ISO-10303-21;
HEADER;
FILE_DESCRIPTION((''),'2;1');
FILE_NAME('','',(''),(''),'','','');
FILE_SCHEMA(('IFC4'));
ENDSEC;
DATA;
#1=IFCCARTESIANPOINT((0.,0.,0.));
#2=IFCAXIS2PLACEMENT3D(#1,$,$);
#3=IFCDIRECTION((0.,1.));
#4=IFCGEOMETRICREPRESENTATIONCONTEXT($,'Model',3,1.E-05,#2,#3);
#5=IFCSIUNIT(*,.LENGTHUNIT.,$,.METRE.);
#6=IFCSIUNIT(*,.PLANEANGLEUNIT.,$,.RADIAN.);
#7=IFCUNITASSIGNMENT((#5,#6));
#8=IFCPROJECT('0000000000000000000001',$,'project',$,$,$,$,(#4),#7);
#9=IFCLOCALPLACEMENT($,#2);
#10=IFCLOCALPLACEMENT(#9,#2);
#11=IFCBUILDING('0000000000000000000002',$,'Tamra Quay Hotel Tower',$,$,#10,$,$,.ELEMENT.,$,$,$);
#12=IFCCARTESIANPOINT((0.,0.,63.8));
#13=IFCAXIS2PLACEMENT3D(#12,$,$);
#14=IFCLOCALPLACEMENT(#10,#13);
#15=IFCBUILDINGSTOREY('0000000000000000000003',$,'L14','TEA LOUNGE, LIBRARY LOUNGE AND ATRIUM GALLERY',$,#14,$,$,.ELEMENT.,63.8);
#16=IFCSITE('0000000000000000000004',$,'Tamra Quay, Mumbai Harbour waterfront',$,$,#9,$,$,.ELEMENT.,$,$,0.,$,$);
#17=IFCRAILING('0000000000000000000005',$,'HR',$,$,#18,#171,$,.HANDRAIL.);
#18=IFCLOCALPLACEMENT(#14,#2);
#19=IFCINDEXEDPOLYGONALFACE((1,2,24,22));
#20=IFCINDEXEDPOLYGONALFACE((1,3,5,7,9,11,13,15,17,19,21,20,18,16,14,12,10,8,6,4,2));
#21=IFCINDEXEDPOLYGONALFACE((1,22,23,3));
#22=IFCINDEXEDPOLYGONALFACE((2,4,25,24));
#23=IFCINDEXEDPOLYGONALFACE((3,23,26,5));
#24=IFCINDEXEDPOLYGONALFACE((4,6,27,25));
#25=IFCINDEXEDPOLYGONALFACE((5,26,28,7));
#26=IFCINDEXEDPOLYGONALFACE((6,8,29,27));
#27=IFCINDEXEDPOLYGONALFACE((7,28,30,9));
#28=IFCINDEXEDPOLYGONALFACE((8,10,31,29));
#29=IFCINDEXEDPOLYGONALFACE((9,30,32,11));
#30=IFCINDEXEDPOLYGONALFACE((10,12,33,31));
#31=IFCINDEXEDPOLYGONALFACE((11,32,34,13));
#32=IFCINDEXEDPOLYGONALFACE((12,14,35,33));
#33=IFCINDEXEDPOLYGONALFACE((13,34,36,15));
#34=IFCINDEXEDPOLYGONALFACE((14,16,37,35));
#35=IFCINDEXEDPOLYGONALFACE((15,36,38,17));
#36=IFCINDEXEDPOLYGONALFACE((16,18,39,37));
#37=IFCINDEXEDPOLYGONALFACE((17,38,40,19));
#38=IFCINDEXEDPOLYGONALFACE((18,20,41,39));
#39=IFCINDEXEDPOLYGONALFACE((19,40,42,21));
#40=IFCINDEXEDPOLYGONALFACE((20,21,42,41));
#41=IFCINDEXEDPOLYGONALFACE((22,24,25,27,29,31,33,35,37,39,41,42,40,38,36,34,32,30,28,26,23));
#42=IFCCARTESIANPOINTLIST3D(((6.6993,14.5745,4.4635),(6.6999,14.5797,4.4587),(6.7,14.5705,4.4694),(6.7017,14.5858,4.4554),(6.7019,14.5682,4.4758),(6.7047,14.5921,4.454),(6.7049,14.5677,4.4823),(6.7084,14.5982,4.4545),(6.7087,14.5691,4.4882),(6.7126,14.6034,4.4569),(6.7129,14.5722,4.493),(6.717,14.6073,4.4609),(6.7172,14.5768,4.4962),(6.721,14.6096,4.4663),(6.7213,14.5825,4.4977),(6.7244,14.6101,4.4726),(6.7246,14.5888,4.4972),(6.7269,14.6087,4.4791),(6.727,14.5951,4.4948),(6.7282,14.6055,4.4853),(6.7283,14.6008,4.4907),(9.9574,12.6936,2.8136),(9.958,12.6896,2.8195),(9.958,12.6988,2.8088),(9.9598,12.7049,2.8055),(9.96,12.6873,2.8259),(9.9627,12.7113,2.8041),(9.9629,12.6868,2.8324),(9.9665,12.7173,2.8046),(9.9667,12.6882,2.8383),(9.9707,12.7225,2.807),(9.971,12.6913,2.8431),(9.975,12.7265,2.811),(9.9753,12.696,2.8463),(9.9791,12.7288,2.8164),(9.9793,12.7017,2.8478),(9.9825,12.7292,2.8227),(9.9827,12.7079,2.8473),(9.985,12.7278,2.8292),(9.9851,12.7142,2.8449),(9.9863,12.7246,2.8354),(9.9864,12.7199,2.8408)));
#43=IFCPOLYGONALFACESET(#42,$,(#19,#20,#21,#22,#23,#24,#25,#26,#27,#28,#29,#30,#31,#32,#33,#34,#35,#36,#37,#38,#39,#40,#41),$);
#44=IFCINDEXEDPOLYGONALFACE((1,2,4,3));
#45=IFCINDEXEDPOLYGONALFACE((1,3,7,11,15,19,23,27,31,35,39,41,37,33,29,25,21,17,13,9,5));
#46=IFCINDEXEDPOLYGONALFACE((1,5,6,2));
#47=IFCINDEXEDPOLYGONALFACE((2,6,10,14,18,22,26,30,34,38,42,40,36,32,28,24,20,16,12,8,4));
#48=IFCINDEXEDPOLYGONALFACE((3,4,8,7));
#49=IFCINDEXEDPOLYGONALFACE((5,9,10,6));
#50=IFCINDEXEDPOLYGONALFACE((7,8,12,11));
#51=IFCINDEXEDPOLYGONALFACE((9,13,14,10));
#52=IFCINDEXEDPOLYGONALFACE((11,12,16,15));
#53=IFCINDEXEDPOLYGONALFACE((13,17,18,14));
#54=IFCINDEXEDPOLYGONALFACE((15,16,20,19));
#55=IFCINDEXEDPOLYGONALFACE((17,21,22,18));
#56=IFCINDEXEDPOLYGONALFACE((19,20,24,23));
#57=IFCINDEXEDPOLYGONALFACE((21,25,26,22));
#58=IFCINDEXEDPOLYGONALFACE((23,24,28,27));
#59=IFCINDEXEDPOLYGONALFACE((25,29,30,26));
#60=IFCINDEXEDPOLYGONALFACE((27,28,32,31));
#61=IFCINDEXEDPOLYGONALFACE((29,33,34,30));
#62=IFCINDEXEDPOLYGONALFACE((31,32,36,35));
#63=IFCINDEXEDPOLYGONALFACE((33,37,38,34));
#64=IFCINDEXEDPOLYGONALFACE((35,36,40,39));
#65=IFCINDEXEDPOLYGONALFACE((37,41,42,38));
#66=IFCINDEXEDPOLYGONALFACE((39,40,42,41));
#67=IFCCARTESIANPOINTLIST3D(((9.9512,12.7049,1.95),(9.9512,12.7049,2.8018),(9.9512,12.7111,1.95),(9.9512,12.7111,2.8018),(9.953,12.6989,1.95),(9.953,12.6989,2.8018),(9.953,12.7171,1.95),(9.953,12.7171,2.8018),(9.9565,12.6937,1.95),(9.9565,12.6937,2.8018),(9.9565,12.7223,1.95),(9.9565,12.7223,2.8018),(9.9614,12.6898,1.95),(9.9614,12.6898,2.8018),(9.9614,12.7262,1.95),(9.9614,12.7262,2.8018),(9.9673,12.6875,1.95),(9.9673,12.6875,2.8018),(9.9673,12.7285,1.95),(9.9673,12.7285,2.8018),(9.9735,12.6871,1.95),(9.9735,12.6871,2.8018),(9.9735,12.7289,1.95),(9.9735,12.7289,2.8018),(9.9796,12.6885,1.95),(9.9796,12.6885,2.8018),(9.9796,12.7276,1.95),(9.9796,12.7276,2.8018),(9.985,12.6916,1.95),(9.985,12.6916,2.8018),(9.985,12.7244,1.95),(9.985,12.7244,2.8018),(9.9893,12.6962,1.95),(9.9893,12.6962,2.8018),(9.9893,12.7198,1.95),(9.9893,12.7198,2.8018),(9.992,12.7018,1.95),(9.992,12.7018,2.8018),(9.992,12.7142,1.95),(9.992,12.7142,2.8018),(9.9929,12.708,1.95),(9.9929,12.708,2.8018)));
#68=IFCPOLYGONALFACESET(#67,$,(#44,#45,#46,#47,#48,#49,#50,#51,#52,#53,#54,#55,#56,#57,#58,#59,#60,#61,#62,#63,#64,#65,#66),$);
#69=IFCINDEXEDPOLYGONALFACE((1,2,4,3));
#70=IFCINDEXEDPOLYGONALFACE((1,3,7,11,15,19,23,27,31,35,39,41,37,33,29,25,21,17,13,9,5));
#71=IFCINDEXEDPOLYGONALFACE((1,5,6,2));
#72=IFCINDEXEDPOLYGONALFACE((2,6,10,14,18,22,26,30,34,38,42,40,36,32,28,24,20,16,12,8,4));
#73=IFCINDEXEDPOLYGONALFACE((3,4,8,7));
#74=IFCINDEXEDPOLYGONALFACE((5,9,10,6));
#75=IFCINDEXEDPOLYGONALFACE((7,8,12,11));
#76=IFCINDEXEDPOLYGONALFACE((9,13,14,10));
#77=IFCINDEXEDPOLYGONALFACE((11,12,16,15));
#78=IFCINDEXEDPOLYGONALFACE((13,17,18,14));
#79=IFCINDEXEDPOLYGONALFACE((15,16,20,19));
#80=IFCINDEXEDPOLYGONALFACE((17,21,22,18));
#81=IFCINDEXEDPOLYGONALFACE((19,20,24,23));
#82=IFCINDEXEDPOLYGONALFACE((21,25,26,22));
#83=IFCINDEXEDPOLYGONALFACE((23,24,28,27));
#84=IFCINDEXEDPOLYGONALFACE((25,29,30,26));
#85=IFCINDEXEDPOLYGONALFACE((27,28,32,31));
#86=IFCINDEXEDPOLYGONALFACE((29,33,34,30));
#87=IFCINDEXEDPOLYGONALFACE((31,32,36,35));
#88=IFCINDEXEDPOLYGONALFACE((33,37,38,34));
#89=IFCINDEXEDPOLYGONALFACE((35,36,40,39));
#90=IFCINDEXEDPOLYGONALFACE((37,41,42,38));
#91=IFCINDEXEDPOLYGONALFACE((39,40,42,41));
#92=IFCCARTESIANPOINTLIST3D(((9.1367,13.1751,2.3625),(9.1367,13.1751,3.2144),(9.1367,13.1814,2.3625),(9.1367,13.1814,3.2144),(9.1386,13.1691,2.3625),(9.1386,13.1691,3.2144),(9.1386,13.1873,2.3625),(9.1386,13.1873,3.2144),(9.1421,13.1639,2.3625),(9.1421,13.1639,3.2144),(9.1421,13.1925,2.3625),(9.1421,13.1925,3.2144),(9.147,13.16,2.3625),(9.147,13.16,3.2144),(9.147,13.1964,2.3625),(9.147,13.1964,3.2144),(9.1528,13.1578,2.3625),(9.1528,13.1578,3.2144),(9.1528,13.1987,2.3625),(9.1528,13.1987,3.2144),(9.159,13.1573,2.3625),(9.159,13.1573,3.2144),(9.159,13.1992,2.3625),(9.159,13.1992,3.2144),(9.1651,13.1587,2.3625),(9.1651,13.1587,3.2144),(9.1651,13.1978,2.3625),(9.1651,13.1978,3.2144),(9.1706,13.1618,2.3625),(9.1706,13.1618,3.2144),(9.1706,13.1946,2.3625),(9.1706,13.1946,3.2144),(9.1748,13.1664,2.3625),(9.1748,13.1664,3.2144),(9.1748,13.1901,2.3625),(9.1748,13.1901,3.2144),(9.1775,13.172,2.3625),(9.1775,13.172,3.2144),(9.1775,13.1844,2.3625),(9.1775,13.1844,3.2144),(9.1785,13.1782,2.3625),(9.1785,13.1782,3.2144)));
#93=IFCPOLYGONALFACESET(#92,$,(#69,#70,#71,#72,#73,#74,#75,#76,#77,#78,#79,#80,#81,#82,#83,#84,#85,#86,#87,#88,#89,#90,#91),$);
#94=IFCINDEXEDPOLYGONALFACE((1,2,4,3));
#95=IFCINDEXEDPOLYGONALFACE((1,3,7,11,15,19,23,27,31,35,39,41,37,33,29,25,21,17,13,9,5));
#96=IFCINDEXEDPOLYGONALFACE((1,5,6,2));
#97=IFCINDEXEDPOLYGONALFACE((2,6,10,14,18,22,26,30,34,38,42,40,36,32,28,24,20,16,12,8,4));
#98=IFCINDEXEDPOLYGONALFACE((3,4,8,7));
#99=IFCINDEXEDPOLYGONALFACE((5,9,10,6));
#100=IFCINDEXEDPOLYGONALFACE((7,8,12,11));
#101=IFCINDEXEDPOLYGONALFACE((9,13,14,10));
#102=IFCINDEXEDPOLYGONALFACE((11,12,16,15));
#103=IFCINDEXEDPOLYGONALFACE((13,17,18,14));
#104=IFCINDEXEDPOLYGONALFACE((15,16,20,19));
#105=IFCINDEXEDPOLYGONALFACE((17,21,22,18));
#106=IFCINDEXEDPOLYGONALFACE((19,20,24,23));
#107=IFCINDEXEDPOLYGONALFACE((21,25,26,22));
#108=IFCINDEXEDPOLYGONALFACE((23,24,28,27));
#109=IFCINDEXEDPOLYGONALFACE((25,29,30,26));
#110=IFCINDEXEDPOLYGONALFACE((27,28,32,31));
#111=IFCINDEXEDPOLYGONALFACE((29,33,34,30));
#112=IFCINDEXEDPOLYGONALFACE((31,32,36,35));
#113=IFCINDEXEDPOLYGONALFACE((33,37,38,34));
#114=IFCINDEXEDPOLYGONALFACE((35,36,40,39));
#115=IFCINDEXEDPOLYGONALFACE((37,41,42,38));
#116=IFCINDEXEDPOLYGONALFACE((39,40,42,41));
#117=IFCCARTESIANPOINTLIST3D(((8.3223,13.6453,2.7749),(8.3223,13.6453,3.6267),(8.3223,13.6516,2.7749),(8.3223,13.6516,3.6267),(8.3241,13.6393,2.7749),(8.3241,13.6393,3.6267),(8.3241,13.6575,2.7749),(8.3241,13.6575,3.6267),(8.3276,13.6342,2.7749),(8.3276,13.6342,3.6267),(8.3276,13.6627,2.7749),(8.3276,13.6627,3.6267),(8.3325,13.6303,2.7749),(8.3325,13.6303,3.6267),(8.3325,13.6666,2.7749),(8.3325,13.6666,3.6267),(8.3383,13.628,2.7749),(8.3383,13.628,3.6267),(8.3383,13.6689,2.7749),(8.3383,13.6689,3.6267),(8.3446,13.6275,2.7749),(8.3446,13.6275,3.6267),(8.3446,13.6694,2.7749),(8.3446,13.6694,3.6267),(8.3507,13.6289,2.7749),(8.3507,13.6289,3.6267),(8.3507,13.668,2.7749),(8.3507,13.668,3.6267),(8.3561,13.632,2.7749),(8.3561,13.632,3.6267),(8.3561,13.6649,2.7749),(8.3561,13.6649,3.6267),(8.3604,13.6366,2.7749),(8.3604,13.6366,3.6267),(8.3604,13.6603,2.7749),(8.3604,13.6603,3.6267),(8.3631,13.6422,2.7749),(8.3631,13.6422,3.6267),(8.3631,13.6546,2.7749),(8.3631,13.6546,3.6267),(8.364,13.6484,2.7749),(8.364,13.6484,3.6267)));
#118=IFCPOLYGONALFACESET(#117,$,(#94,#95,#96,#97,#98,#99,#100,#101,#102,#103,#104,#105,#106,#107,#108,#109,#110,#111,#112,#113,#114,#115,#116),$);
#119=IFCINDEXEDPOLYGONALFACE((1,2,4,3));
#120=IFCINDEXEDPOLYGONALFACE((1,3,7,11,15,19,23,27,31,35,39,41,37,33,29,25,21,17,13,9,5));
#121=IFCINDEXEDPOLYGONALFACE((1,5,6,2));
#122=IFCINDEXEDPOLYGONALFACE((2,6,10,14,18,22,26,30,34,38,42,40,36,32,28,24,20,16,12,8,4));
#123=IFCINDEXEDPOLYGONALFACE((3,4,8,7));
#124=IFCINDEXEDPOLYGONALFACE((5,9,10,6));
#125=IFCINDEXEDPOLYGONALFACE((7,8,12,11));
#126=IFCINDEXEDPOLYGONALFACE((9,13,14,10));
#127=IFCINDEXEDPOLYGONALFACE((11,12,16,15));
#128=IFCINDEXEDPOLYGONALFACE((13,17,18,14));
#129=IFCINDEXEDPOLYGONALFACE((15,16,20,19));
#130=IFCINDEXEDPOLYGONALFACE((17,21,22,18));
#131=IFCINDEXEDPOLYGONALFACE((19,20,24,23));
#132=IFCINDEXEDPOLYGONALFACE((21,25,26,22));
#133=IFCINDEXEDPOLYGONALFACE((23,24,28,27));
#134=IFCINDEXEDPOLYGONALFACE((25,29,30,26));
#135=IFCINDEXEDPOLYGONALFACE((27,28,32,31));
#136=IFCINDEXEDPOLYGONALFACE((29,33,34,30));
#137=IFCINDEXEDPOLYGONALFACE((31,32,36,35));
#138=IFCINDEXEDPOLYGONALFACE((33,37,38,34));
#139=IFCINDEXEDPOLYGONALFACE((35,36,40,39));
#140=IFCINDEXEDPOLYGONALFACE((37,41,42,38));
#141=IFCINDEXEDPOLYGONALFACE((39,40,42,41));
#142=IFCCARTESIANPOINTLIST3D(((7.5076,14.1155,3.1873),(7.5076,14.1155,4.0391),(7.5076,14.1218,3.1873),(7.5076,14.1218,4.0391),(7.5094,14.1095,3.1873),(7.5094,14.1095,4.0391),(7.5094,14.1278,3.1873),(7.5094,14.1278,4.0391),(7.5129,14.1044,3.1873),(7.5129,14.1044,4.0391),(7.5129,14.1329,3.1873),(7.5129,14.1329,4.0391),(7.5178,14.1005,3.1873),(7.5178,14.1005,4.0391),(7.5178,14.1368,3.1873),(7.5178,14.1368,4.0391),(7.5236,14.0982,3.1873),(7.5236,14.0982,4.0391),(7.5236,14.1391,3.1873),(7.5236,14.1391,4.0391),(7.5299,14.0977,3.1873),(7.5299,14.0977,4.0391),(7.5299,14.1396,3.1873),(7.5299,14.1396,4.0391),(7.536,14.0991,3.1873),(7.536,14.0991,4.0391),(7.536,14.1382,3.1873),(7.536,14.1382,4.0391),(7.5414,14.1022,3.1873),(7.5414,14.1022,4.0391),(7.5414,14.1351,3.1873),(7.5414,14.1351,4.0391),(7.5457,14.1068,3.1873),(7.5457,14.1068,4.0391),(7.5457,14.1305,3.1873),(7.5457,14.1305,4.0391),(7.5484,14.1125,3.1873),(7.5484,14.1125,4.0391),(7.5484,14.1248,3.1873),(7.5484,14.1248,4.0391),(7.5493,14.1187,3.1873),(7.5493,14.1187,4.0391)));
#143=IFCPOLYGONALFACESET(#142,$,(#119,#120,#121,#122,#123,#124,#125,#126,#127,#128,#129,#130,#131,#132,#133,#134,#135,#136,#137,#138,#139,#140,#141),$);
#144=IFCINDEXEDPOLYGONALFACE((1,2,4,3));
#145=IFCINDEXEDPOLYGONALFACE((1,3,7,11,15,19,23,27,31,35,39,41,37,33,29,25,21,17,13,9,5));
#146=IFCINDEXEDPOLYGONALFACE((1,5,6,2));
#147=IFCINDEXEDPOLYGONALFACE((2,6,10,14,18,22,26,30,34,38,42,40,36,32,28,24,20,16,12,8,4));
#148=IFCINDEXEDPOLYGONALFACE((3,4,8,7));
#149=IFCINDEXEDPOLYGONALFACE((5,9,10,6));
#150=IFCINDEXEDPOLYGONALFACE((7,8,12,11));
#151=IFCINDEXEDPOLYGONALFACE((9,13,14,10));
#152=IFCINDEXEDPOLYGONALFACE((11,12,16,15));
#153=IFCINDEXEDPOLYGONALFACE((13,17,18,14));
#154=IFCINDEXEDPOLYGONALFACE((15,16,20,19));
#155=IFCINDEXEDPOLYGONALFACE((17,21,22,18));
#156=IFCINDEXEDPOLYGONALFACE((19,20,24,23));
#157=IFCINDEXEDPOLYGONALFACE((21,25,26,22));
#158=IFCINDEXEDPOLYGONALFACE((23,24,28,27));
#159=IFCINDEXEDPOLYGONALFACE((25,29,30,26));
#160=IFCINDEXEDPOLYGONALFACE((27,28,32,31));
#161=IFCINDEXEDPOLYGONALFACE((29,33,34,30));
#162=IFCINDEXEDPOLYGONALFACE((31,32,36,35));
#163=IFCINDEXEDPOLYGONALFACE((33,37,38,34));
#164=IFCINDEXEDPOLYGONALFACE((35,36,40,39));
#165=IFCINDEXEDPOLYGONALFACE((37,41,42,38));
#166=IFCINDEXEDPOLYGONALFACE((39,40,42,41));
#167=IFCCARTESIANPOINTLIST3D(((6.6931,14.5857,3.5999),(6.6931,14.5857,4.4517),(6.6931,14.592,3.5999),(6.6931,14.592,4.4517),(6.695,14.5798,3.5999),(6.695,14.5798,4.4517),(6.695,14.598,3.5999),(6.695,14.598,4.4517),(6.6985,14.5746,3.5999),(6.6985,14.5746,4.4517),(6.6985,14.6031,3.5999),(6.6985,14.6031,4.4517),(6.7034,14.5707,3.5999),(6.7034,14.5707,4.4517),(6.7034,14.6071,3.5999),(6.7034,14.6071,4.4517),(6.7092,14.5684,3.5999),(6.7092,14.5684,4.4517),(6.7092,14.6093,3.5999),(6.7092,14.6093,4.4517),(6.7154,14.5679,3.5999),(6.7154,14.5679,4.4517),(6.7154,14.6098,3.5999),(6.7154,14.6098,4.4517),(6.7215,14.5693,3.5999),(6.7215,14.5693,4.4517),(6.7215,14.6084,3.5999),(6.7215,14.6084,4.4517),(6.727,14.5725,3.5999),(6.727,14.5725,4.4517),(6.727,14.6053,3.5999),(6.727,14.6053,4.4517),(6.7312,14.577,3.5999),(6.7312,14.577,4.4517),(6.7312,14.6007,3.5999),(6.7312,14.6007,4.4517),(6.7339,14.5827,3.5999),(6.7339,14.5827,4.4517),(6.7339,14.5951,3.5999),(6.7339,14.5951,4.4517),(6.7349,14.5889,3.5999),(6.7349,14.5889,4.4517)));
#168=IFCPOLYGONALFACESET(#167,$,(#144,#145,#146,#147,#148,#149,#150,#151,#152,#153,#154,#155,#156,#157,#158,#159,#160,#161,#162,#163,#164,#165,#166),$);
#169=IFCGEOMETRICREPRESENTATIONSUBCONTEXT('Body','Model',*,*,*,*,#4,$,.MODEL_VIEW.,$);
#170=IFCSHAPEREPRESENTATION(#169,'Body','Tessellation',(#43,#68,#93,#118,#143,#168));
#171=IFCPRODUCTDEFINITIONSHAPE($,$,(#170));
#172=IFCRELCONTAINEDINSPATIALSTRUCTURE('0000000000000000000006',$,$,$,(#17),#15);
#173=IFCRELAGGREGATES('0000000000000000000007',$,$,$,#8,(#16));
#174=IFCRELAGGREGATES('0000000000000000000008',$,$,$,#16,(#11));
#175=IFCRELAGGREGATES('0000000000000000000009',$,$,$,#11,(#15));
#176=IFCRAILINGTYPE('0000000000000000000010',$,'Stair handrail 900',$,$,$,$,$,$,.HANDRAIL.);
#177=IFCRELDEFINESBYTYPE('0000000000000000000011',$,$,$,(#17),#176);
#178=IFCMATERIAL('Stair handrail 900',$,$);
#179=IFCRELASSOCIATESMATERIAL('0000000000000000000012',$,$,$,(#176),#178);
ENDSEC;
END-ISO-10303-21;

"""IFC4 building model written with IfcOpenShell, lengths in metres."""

from ifc_helpers import new_model, si_unit, direction, frame, origin, origin_2d, place, context, subcontext, project, spatial, circle, extrude, material, type_object, element, save


model = new_model("IFC4")

# Units and contexts
model_context = context("Model", 3, precision=1e-05, world=origin(), true_north=direction((0.0, 1.0)))
body_context = subcontext(model_context, "Body", "Model", "MODEL_VIEW")
ifc_project = project(units=[si_unit("LENGTHUNIT", "METRE"), si_unit("PLANEANGLEUNIT", "RADIAN")], contexts=[model_context])

# Site, building, storey
site_placement = place(None, origin())
site = spatial("IfcSite", under=ifc_project, at=site_placement, Name="Tamra Quay, Mumbai Harbour waterfront", CompositionType="ELEMENT", RefElevation=0.0)
building_placement = place(site_placement, origin())
building = spatial("IfcBuilding", under=site, at=building_placement, Name="Tamra Quay Hotel Tower", CompositionType="ELEMENT")
storey_placement = place(building_placement, frame((0.0, 0.0, 63.8)))
storey = spatial("IfcBuildingStorey", under=building, at=storey_placement, Name="L14", Description="TEA LOUNGE, LIBRARY LOUNGE AND ATRIUM GALLERY", CompositionType="ELEMENT", Elevation=63.8)

# Railing
ifc_material_1 = material(Name="Stair handrail 900")
railing_type_1 = type_object("IfcRailingType", Name="Stair handrail 900", PredefinedType="HANDRAIL", material=ifc_material_1)
railing_1_placement = place(storey_placement, frame((9.9719, 12.708, 1.95)))
element("IfcRailing", 1, at=railing_1_placement, inside=storey, type_object=railing_type_1, Name="HR", PredefinedType="HANDRAIL", context=body_context, shape_type="SweptSolid", body=[
    extrude(circle(Radius=0.0239, at=origin_2d()), frame((0.0, 0.0, 0.876), z_axis=(-0.793122, 0.457865, 0.401642), x_axis=(-0.499964, -0.866046, 0.0)), (0.0, 0.0, 1.0), 4.1079),
    extrude(circle(Radius=0.021, at=origin_2d()), origin(), (0.0, 0.0, 1.0), 0.8518),
    extrude(circle(Radius=0.021, at=origin_2d()), frame((-0.8145, 0.4702, 0.4126)), (0.0, 0.0, 1.0), 0.8518),
    extrude(circle(Radius=0.021, at=origin_2d()), frame((-1.6289, 0.9404, 0.825)), (0.0, 0.0, 1.0), 0.8518),
    extrude(circle(Radius=0.021, at=origin_2d()), frame((-2.4436, 1.4106, 1.2373)), (0.0, 0.0, 1.0), 0.8518),
    extrude(circle(Radius=0.021, at=origin_2d()), frame((-3.2581, 1.8809, 1.6499)), (0.0, 0.0, 1.0), 0.8518),
])

save(model, "model.ifc")
